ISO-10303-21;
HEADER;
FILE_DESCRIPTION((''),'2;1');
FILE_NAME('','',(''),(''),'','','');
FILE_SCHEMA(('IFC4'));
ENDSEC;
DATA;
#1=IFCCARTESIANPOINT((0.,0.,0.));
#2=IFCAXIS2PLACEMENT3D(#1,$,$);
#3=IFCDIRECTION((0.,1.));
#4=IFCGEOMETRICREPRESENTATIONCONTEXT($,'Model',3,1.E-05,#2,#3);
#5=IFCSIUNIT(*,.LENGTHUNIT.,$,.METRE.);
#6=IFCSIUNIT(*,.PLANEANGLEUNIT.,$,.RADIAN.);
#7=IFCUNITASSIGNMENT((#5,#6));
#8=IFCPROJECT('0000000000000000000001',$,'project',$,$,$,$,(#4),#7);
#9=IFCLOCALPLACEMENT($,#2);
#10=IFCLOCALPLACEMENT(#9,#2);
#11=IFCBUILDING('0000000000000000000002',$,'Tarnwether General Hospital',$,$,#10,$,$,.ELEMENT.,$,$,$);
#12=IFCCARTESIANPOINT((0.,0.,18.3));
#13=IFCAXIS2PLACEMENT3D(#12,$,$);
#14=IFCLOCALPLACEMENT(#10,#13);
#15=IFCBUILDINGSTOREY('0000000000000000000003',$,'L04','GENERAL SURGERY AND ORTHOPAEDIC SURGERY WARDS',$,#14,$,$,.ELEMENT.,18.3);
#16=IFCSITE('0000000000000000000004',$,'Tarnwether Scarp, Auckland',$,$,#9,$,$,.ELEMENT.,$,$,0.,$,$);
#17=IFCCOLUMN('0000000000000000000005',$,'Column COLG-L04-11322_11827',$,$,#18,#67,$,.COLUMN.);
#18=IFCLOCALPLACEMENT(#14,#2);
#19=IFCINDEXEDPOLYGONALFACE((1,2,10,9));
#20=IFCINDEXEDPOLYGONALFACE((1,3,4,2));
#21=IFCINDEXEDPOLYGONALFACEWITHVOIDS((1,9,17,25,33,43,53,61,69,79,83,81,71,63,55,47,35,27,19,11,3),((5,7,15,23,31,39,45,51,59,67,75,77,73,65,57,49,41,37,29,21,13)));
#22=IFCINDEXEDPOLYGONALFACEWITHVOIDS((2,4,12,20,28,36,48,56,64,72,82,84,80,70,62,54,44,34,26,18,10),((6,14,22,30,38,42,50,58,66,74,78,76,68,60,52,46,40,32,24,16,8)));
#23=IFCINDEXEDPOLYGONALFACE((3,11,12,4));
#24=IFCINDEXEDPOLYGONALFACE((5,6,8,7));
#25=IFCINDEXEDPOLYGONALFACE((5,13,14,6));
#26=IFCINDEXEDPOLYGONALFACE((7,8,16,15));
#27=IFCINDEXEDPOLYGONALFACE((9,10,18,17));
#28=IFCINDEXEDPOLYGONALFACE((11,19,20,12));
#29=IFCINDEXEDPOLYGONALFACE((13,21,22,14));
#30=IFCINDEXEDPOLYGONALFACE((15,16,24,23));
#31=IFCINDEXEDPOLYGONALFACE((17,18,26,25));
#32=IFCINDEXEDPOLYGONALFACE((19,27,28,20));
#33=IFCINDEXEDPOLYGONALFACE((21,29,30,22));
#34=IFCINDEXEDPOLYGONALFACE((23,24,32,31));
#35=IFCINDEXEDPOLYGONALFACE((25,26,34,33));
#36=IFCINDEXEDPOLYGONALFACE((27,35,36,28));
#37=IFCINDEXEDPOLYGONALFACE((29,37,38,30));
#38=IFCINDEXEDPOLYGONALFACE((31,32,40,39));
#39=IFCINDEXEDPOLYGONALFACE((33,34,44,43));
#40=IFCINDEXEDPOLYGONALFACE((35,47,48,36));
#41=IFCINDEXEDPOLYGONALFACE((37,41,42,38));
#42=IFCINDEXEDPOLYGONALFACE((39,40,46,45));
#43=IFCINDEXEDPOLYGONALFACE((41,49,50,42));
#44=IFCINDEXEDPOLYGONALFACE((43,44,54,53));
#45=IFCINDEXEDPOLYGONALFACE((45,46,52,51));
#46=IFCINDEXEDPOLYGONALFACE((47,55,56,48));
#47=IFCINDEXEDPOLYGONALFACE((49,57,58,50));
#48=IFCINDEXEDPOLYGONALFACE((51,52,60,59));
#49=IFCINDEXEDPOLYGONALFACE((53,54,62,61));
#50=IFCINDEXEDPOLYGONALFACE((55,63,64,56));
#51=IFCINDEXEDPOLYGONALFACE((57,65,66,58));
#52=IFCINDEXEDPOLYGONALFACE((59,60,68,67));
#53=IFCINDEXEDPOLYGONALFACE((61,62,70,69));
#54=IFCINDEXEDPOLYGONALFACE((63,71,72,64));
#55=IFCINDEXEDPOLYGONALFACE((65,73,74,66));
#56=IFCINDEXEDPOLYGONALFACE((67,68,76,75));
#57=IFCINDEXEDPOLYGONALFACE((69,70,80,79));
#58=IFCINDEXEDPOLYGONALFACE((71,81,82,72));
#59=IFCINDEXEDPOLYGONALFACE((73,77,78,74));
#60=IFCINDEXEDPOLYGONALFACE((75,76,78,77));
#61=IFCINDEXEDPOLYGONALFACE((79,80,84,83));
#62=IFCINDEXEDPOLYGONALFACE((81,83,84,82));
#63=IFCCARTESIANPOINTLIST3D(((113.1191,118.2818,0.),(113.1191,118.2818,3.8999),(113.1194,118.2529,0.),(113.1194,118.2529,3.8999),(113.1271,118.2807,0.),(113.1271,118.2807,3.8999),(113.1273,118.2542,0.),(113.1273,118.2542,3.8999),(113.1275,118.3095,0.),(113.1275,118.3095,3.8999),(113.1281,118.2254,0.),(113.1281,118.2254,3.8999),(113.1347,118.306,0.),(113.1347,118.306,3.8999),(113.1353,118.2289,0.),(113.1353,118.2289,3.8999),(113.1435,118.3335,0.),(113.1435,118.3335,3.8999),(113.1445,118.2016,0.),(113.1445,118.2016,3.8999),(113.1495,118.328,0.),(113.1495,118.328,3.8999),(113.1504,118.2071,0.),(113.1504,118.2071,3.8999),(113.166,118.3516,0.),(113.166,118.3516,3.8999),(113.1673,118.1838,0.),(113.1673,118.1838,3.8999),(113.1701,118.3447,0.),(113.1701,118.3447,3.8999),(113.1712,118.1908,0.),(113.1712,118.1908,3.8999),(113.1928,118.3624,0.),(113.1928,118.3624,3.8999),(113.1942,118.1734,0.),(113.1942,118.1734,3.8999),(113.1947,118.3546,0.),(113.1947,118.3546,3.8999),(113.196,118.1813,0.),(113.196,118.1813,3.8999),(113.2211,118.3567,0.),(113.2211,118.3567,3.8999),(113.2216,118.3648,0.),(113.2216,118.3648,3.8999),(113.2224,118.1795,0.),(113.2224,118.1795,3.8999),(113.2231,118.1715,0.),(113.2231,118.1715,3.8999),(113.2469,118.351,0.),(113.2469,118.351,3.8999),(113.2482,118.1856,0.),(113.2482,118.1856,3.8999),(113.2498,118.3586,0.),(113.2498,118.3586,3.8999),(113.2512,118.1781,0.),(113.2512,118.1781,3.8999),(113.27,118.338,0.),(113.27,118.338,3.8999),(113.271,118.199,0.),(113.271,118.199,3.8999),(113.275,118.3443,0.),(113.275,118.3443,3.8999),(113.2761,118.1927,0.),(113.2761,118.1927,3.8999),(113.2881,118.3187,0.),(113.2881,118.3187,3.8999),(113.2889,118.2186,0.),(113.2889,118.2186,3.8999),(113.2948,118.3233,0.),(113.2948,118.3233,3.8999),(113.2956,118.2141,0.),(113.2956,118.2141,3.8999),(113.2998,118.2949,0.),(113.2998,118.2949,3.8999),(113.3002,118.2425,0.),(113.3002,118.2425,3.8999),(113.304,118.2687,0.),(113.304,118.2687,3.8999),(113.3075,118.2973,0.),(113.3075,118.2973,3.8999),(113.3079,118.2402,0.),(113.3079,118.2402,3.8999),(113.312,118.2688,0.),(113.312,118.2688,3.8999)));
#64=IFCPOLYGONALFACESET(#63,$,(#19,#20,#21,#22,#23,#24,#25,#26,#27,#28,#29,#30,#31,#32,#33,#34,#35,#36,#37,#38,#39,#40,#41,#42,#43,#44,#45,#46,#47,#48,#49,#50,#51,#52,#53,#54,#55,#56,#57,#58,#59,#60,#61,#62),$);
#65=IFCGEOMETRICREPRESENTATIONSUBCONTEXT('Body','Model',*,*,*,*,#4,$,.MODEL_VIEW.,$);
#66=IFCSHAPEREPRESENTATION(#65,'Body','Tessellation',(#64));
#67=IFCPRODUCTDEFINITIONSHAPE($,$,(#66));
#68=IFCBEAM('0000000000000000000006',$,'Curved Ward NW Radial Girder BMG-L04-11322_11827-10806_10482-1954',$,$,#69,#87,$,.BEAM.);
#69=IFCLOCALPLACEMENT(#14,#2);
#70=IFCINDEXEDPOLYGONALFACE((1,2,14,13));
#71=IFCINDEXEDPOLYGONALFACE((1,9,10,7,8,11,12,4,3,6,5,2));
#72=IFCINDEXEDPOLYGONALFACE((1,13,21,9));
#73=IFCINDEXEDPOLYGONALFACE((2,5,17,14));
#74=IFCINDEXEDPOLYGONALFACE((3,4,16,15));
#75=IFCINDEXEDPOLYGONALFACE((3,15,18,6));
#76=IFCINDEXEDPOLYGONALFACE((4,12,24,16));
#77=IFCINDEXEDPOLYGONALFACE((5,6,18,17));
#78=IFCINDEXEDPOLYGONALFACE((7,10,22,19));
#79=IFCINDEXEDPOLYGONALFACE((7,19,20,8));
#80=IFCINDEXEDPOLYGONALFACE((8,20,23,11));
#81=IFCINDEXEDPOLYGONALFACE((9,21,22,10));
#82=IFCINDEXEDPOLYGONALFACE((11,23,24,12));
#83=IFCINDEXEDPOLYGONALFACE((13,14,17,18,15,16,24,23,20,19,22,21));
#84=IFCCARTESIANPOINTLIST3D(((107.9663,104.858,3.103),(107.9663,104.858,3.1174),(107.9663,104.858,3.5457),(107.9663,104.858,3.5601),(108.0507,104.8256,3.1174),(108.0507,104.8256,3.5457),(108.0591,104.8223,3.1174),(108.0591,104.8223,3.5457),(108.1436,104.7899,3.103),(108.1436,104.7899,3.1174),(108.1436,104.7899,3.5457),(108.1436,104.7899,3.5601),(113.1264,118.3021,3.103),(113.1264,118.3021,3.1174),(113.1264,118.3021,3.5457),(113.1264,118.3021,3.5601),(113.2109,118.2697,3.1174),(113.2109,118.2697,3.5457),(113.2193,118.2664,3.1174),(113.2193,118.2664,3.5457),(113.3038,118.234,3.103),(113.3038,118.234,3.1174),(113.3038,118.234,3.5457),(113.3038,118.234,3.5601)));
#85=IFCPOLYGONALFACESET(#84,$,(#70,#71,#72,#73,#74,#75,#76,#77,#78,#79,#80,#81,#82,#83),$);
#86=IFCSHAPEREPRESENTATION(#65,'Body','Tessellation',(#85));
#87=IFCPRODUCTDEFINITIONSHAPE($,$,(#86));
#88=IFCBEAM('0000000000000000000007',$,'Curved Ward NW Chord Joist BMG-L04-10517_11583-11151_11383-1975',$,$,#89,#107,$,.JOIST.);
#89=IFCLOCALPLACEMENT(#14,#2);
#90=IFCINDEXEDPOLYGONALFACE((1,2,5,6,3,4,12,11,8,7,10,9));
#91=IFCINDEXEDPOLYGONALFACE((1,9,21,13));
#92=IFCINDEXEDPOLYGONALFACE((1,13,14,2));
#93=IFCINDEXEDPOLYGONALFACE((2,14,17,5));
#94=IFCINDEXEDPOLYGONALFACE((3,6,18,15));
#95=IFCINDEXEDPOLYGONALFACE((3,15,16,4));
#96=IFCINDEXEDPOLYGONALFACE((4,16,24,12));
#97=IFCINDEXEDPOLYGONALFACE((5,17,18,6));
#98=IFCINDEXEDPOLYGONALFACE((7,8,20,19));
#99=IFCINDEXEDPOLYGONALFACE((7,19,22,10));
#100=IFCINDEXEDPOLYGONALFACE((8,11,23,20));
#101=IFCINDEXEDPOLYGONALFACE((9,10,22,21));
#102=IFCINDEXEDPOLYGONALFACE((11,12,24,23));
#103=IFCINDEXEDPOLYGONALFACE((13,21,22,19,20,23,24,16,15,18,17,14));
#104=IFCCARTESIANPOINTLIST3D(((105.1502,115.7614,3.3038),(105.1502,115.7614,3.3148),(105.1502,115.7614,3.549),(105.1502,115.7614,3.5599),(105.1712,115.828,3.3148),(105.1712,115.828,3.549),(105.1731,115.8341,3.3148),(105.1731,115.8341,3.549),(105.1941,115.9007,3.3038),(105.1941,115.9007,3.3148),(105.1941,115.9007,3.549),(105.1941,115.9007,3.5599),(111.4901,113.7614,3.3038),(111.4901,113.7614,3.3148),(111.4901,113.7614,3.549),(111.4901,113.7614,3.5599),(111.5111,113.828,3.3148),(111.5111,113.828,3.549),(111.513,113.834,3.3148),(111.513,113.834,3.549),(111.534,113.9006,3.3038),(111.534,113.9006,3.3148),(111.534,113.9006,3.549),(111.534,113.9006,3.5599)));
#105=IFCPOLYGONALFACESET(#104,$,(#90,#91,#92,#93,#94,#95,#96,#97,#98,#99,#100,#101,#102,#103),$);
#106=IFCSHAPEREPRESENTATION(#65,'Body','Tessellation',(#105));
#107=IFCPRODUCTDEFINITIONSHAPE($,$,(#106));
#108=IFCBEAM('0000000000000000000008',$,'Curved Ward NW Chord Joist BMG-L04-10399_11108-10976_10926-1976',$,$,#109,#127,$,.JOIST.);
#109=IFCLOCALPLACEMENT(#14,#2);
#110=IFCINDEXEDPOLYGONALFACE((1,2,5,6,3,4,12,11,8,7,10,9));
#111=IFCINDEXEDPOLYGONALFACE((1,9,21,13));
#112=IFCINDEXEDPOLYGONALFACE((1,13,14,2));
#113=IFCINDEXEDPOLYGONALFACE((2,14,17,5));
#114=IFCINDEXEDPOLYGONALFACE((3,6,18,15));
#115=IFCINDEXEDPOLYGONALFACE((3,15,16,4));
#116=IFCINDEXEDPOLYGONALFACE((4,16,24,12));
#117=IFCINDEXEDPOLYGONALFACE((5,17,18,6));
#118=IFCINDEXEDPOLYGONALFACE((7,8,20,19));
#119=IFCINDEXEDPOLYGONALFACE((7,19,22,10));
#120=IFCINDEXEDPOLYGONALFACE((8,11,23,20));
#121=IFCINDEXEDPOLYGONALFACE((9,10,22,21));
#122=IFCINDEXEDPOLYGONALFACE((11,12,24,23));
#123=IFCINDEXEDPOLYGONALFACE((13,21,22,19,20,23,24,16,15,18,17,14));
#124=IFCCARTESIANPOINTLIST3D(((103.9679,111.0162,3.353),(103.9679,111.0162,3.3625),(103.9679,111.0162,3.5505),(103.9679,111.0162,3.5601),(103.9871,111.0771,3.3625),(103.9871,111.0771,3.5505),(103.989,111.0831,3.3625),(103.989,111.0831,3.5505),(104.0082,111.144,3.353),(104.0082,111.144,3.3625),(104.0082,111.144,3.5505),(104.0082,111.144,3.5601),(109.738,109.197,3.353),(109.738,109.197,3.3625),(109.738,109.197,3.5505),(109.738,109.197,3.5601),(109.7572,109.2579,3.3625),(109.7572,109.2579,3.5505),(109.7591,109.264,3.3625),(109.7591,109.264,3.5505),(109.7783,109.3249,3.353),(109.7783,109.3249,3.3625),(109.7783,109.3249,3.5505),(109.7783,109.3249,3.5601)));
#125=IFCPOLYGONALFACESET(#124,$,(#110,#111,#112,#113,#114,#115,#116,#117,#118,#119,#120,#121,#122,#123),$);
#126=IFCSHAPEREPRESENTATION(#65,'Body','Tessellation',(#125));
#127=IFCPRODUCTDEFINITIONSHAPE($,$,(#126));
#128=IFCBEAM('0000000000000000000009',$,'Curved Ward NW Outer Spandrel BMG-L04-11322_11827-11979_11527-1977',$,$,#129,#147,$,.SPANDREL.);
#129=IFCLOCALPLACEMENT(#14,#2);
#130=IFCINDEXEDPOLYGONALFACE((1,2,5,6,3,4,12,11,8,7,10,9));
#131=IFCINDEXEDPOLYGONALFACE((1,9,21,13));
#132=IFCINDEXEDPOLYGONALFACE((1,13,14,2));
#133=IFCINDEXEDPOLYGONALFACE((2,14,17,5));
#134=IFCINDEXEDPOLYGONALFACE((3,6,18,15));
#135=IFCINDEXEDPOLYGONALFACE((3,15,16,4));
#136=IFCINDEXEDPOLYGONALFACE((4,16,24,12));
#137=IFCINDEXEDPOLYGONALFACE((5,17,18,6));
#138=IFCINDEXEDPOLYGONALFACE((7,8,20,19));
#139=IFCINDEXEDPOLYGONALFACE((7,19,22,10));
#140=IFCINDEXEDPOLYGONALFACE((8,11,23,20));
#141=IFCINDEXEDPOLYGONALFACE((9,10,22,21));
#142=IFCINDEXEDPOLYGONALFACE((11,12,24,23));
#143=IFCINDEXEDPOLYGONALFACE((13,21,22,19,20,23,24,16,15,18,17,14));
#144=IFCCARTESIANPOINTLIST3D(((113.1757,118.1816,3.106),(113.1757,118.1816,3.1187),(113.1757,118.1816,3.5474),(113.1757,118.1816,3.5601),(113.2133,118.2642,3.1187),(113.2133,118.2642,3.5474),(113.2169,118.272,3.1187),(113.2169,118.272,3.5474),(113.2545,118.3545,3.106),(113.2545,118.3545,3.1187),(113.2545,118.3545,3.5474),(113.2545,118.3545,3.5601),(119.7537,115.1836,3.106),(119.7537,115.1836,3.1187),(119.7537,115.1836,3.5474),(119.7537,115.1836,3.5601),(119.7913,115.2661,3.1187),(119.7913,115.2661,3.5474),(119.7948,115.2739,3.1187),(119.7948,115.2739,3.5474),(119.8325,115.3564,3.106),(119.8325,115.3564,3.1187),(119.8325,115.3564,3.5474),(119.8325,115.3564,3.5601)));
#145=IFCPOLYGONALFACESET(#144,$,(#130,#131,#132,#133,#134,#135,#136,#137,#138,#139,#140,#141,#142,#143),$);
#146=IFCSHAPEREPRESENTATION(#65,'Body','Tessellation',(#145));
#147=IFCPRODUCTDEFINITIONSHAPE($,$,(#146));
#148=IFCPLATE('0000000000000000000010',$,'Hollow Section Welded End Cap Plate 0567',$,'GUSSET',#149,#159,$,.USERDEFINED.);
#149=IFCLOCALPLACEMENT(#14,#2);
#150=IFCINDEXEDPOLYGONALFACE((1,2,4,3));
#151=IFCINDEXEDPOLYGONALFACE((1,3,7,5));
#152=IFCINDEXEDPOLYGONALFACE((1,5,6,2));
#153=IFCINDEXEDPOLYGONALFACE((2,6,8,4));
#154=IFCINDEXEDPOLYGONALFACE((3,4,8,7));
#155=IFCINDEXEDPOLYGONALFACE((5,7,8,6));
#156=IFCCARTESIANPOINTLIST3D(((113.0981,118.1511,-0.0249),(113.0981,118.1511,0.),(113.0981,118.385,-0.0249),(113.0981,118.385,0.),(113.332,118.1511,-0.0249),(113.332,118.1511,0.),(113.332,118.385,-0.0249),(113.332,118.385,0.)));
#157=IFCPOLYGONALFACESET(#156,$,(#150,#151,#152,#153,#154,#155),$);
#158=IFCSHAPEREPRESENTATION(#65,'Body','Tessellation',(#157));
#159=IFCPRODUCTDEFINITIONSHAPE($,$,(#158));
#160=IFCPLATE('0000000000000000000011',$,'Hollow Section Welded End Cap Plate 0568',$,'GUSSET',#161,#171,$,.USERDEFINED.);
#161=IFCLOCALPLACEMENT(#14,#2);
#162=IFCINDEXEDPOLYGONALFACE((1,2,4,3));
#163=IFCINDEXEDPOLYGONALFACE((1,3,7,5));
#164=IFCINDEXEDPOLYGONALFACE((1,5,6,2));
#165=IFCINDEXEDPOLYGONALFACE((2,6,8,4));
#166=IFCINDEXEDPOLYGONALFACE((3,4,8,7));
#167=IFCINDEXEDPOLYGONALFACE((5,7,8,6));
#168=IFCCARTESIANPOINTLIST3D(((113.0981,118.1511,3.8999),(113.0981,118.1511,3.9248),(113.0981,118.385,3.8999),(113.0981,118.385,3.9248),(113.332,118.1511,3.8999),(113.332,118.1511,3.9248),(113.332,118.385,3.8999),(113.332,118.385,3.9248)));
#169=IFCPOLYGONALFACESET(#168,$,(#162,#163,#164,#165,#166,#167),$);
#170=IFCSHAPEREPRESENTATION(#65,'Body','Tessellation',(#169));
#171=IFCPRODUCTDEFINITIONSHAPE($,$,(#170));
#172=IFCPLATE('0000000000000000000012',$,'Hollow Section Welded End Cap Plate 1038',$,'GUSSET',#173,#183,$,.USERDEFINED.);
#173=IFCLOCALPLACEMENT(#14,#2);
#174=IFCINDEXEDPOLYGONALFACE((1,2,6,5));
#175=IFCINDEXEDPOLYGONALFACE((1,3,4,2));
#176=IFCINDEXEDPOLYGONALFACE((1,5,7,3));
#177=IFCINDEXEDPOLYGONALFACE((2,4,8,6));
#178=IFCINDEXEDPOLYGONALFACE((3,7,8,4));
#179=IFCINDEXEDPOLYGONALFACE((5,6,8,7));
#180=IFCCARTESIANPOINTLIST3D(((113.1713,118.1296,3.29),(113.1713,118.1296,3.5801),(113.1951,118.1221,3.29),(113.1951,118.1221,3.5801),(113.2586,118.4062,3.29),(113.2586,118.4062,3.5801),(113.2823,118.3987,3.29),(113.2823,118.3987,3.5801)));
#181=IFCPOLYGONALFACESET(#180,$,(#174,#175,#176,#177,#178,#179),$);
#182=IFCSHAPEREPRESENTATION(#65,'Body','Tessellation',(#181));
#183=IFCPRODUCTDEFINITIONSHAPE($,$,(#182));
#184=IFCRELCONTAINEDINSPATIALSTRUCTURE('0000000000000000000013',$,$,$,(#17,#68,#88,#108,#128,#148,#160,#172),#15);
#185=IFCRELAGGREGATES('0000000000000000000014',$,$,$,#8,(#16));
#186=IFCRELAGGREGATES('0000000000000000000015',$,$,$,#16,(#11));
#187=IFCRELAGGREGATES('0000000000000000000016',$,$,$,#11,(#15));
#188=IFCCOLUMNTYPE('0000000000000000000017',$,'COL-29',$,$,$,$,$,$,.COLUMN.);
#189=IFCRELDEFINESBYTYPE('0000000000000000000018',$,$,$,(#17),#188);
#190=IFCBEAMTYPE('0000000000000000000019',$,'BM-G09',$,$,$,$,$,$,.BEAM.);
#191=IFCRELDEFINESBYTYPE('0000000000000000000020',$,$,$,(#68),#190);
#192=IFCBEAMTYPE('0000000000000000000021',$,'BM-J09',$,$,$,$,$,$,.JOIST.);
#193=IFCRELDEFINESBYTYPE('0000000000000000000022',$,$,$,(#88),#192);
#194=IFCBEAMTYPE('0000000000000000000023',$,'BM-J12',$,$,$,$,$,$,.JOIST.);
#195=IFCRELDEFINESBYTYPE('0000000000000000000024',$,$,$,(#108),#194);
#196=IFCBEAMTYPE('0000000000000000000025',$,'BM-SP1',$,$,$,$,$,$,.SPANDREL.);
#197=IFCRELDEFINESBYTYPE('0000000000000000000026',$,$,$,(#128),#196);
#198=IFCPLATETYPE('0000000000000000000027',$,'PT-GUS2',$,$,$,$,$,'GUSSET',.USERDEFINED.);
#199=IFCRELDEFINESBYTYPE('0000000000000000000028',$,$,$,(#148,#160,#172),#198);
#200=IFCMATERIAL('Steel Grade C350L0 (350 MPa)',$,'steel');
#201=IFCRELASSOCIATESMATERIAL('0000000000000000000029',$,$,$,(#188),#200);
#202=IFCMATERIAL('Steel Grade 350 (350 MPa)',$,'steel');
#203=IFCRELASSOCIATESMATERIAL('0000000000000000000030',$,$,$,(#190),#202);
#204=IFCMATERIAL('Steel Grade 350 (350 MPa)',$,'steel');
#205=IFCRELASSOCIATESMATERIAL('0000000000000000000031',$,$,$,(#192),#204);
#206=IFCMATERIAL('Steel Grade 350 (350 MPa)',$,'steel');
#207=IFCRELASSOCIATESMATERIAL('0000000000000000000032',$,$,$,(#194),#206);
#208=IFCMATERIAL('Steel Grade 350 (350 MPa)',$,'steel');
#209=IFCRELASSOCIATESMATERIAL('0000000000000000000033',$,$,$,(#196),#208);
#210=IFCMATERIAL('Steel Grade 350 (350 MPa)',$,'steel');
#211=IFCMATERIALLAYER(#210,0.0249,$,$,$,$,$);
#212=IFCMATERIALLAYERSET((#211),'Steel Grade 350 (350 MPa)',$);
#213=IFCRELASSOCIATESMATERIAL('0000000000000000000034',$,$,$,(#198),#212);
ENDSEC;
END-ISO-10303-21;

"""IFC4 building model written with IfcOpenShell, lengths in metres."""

from ifc_helpers import new_model, si_unit, direction, frame, origin, origin_2d, place, context, subcontext, project, spatial, rectangle, hollow_circle, i_section, extrude, material, layer, layer_set, material_profile, profile_set, type_object, element, save


model = new_model("IFC4")

# Units and contexts
model_context = context("Model", 3, precision=1e-05, world=origin(), true_north=direction((0.0, 1.0)))
body_context = subcontext(model_context, "Body", "Model", "MODEL_VIEW")
ifc_project = project(units=[si_unit("LENGTHUNIT", "METRE"), si_unit("PLANEANGLEUNIT", "RADIAN")], contexts=[model_context])

# Site, building, storey
site_placement = place(None, origin())
site = spatial("IfcSite", under=ifc_project, at=site_placement, Name="Tarnwether Scarp, Auckland", CompositionType="ELEMENT", RefElevation=0.0)
building_placement = place(site_placement, origin())
building = spatial("IfcBuilding", under=site, at=building_placement, Name="Tarnwether General Hospital", CompositionType="ELEMENT")
storey_placement = place(building_placement, frame((0.0, 0.0, 18.3)))
storey = spatial("IfcBuildingStorey", under=building, at=storey_placement, Name="L04", Description="GENERAL SURGERY AND ORTHOPAEDIC SURGERY WARDS", CompositionType="ELEMENT", Elevation=18.3)

# Column
ifc_material_1 = material(Name="Steel Grade C350L0 (350 MPa)", Category="steel")
ifc_material_profile_1 = material_profile(ifc_material_1, hollow_circle(Radius=0.0969, WallThickness=0.0081, at=origin_2d()), Name="CHS193.7x8.0")
ifc_profile_set_1 = profile_set([ifc_material_profile_1], Name="Steel Grade C350L0 (350 MPa)")
column_type = type_object("IfcColumnType", Name="COL-29", PredefinedType="COLUMN", material=ifc_profile_set_1)
column_placement = place(storey_placement, frame((113.2151, 118.2681, 0.0), z_axis=(0.0, 0.0, 1.0), x_axis=(0.358368, 0.93358, 0.0)))
element("IfcColumn", 1, at=column_placement, inside=storey, type_object=column_type, Name="Column COLG-L04-11322_11827", PredefinedType="COLUMN", context=body_context, shape_type="SweptSolid", body=[
    extrude(hollow_circle(Radius=0.0969, WallThickness=0.0081, at=origin_2d()), origin(), (0.0, 0.0, 1.0), 3.8999),
])

# Beams
ifc_material_2 = material(Name="Steel Grade 350 (350 MPa)", Category="steel")
ifc_material_profile_2 = material_profile(ifc_material_2, i_section(OverallWidth=0.1899, OverallDepth=0.457, WebThickness=0.009, FlangeThickness=0.0144, at=origin_2d()), Name="460UB74.6")
ifc_profile_set_2 = profile_set([ifc_material_profile_2], Name="Steel Grade 350 (350 MPa)")
beam_type_1 = type_object("IfcBeamType", Name="BM-G09", PredefinedType="BEAM", material=ifc_profile_set_2)
beam_1_placement = place(storey_placement, frame((113.2151, 118.2681, 3.3315), z_axis=(-0.358335, -0.933593, 0.0), x_axis=(0.933593, -0.358335, 0.0)))
element("IfcBeam", 2, at=beam_1_placement, inside=storey, type_object=beam_type_1, Name="Curved Ward NW Radial Girder BMG-L04-11322_11827-10806_10482-1954", PredefinedType="BEAM", context=body_context, shape_type="SweptSolid", body=[
    extrude(i_section(OverallWidth=0.1899, OverallDepth=0.457, WebThickness=0.009, FlangeThickness=0.0144, at=origin_2d()), origin(), (0.0, 0.0, 1.0), 14.4004),
])
ifc_material_3 = material(Name="Steel Grade 350 (350 MPa)", Category="steel")
ifc_material_profile_3 = material_profile(ifc_material_3, i_section(OverallWidth=0.146, OverallDepth=0.2561, WebThickness=0.0063, FlangeThickness=0.011, at=origin_2d()), Name="250UB37.3")
ifc_profile_set_3 = profile_set([ifc_material_profile_3], Name="Steel Grade 350 (350 MPa)")
beam_type_2 = type_object("IfcBeamType", Name="BM-J09", PredefinedType="JOIST", material=ifc_profile_set_3)
beam_2_placement = place(storey_placement, frame((105.1721, 115.8311, 3.4319), z_axis=(0.953671, -0.30085, 0.0), x_axis=(0.30085, 0.953671, 0.0)))
element("IfcBeam", 3, at=beam_2_placement, inside=storey, type_object=beam_type_2, Name="Curved Ward NW Chord Joist BMG-L04-10517_11583-11151_11383-1975", PredefinedType="JOIST", context=body_context, shape_type="SweptSolid", body=[
    extrude(i_section(OverallWidth=0.146, OverallDepth=0.2561, WebThickness=0.0063, FlangeThickness=0.011, at=origin_2d()), origin(), (0.0, 0.0, 1.0), 6.6479),
])
ifc_material_4 = material(Name="Steel Grade 350 (350 MPa)", Category="steel")
ifc_material_profile_4 = material_profile(ifc_material_4, i_section(OverallWidth=0.134, OverallDepth=0.207, WebThickness=0.0063, FlangeThickness=0.0095, at=origin_2d()), Name="200UB29.8")
ifc_profile_set_4 = profile_set([ifc_material_profile_4], Name="Steel Grade 350 (350 MPa)")
beam_type_3 = type_object("IfcBeamType", Name="BM-J12", PredefinedType="JOIST", material=ifc_profile_set_4)
beam_3_placement = place(storey_placement, frame((103.988, 111.0801, 3.4565), z_axis=(0.953726, -0.300677, 0.0), x_axis=(0.300677, 0.953726, 0.0)))
element("IfcBeam", 4, at=beam_3_placement, inside=storey, type_object=beam_type_3, Name="Curved Ward NW Chord Joist BMG-L04-10399_11108-10976_10926-1976", PredefinedType="JOIST", context=body_context, shape_type="SweptSolid", body=[
    extrude(i_section(OverallWidth=0.134, OverallDepth=0.207, WebThickness=0.0063, FlangeThickness=0.0095, at=origin_2d()), origin(), (0.0, 0.0, 1.0), 6.05),
])
ifc_material_5 = material(Name="Steel Grade 350 (350 MPa)", Category="steel")
ifc_material_profile_5 = material_profile(ifc_material_5, i_section(OverallWidth=0.1899, OverallDepth=0.4541, WebThickness=0.0085, FlangeThickness=0.0127, at=origin_2d()), Name="460UB67.1")
ifc_profile_set_5 = profile_set([ifc_material_profile_5], Name="Steel Grade 350 (350 MPa)")
beam_type_4 = type_object("IfcBeamType", Name="BM-SP1", PredefinedType="SPANDREL", material=ifc_profile_set_5)
beam_4_placement = place(storey_placement, frame((113.2151, 118.2681, 3.333), z_axis=(0.909944, -0.414731, 0.0), x_axis=(0.414731, 0.909944, 0.0)))
element("IfcBeam", 5, at=beam_4_placement, inside=storey, type_object=beam_type_4, Name="Curved Ward NW Outer Spandrel BMG-L04-11322_11827-11979_11527-1977", PredefinedType="SPANDREL", context=body_context, shape_type="SweptSolid", body=[
    extrude(i_section(OverallWidth=0.1899, OverallDepth=0.4541, WebThickness=0.0085, FlangeThickness=0.0127, at=origin_2d()), origin(), (0.0, 0.0, 1.0), 7.229),
])

# Plates
ifc_material_6 = material(Name="Steel Grade 350 (350 MPa)", Category="steel")
ifc_layer_1 = layer(ifc_material_6, 0.0249)
ifc_layer_set_1 = layer_set([ifc_layer_1], Name="Steel Grade 350 (350 MPa)")
plate_type = type_object("IfcPlateType", Name="PT-GUS2", ElementType="GUSSET", PredefinedType="USERDEFINED", material=ifc_layer_set_1)
for number, where, z_axis, x_axis, name in (
    (6, (113.2151, 118.2681, -0.0249), (0.0, 0.0, 1.0), (1.0, 0.0, 0.0), "Hollow Section Welded End Cap Plate 0567"),
    (7, (113.2151, 118.2681, 3.8999), (0.0, 0.0, 1.0), (1.0, 0.0, 0.0), "Hollow Section Welded End Cap Plate 0568"),
):
    element("IfcPlate", number, at=place(storey_placement, frame(where, z_axis=z_axis, x_axis=x_axis)), inside=storey, type_object=plate_type, Name=name, ObjectType="GUSSET", PredefinedType="USERDEFINED", context=body_context, shape_type="SweptSolid", body=[
        extrude(rectangle(XDim=0.2339, YDim=0.2339, at=origin_2d()), origin(), (0.0, 0.0, 1.0), 0.0249),
    ])
plate_placement = place(storey_placement, frame((113.2268, 118.2642, 3.29), z_axis=(0.0, 0.0, 1.0), x_axis=(0.953691, -0.300789, 0.0)))
element("IfcPlate", 8, at=plate_placement, inside=storey, type_object=plate_type, Name="Hollow Section Welded End Cap Plate 1038", ObjectType="GUSSET", PredefinedType="USERDEFINED", context=body_context, shape_type="SweptSolid", body=[
    extrude(rectangle(XDim=0.0249, YDim=0.29, at=origin_2d()), origin(), (0.0, 0.0, 1.0), 0.29),
])

save(model, "model.ifc")
